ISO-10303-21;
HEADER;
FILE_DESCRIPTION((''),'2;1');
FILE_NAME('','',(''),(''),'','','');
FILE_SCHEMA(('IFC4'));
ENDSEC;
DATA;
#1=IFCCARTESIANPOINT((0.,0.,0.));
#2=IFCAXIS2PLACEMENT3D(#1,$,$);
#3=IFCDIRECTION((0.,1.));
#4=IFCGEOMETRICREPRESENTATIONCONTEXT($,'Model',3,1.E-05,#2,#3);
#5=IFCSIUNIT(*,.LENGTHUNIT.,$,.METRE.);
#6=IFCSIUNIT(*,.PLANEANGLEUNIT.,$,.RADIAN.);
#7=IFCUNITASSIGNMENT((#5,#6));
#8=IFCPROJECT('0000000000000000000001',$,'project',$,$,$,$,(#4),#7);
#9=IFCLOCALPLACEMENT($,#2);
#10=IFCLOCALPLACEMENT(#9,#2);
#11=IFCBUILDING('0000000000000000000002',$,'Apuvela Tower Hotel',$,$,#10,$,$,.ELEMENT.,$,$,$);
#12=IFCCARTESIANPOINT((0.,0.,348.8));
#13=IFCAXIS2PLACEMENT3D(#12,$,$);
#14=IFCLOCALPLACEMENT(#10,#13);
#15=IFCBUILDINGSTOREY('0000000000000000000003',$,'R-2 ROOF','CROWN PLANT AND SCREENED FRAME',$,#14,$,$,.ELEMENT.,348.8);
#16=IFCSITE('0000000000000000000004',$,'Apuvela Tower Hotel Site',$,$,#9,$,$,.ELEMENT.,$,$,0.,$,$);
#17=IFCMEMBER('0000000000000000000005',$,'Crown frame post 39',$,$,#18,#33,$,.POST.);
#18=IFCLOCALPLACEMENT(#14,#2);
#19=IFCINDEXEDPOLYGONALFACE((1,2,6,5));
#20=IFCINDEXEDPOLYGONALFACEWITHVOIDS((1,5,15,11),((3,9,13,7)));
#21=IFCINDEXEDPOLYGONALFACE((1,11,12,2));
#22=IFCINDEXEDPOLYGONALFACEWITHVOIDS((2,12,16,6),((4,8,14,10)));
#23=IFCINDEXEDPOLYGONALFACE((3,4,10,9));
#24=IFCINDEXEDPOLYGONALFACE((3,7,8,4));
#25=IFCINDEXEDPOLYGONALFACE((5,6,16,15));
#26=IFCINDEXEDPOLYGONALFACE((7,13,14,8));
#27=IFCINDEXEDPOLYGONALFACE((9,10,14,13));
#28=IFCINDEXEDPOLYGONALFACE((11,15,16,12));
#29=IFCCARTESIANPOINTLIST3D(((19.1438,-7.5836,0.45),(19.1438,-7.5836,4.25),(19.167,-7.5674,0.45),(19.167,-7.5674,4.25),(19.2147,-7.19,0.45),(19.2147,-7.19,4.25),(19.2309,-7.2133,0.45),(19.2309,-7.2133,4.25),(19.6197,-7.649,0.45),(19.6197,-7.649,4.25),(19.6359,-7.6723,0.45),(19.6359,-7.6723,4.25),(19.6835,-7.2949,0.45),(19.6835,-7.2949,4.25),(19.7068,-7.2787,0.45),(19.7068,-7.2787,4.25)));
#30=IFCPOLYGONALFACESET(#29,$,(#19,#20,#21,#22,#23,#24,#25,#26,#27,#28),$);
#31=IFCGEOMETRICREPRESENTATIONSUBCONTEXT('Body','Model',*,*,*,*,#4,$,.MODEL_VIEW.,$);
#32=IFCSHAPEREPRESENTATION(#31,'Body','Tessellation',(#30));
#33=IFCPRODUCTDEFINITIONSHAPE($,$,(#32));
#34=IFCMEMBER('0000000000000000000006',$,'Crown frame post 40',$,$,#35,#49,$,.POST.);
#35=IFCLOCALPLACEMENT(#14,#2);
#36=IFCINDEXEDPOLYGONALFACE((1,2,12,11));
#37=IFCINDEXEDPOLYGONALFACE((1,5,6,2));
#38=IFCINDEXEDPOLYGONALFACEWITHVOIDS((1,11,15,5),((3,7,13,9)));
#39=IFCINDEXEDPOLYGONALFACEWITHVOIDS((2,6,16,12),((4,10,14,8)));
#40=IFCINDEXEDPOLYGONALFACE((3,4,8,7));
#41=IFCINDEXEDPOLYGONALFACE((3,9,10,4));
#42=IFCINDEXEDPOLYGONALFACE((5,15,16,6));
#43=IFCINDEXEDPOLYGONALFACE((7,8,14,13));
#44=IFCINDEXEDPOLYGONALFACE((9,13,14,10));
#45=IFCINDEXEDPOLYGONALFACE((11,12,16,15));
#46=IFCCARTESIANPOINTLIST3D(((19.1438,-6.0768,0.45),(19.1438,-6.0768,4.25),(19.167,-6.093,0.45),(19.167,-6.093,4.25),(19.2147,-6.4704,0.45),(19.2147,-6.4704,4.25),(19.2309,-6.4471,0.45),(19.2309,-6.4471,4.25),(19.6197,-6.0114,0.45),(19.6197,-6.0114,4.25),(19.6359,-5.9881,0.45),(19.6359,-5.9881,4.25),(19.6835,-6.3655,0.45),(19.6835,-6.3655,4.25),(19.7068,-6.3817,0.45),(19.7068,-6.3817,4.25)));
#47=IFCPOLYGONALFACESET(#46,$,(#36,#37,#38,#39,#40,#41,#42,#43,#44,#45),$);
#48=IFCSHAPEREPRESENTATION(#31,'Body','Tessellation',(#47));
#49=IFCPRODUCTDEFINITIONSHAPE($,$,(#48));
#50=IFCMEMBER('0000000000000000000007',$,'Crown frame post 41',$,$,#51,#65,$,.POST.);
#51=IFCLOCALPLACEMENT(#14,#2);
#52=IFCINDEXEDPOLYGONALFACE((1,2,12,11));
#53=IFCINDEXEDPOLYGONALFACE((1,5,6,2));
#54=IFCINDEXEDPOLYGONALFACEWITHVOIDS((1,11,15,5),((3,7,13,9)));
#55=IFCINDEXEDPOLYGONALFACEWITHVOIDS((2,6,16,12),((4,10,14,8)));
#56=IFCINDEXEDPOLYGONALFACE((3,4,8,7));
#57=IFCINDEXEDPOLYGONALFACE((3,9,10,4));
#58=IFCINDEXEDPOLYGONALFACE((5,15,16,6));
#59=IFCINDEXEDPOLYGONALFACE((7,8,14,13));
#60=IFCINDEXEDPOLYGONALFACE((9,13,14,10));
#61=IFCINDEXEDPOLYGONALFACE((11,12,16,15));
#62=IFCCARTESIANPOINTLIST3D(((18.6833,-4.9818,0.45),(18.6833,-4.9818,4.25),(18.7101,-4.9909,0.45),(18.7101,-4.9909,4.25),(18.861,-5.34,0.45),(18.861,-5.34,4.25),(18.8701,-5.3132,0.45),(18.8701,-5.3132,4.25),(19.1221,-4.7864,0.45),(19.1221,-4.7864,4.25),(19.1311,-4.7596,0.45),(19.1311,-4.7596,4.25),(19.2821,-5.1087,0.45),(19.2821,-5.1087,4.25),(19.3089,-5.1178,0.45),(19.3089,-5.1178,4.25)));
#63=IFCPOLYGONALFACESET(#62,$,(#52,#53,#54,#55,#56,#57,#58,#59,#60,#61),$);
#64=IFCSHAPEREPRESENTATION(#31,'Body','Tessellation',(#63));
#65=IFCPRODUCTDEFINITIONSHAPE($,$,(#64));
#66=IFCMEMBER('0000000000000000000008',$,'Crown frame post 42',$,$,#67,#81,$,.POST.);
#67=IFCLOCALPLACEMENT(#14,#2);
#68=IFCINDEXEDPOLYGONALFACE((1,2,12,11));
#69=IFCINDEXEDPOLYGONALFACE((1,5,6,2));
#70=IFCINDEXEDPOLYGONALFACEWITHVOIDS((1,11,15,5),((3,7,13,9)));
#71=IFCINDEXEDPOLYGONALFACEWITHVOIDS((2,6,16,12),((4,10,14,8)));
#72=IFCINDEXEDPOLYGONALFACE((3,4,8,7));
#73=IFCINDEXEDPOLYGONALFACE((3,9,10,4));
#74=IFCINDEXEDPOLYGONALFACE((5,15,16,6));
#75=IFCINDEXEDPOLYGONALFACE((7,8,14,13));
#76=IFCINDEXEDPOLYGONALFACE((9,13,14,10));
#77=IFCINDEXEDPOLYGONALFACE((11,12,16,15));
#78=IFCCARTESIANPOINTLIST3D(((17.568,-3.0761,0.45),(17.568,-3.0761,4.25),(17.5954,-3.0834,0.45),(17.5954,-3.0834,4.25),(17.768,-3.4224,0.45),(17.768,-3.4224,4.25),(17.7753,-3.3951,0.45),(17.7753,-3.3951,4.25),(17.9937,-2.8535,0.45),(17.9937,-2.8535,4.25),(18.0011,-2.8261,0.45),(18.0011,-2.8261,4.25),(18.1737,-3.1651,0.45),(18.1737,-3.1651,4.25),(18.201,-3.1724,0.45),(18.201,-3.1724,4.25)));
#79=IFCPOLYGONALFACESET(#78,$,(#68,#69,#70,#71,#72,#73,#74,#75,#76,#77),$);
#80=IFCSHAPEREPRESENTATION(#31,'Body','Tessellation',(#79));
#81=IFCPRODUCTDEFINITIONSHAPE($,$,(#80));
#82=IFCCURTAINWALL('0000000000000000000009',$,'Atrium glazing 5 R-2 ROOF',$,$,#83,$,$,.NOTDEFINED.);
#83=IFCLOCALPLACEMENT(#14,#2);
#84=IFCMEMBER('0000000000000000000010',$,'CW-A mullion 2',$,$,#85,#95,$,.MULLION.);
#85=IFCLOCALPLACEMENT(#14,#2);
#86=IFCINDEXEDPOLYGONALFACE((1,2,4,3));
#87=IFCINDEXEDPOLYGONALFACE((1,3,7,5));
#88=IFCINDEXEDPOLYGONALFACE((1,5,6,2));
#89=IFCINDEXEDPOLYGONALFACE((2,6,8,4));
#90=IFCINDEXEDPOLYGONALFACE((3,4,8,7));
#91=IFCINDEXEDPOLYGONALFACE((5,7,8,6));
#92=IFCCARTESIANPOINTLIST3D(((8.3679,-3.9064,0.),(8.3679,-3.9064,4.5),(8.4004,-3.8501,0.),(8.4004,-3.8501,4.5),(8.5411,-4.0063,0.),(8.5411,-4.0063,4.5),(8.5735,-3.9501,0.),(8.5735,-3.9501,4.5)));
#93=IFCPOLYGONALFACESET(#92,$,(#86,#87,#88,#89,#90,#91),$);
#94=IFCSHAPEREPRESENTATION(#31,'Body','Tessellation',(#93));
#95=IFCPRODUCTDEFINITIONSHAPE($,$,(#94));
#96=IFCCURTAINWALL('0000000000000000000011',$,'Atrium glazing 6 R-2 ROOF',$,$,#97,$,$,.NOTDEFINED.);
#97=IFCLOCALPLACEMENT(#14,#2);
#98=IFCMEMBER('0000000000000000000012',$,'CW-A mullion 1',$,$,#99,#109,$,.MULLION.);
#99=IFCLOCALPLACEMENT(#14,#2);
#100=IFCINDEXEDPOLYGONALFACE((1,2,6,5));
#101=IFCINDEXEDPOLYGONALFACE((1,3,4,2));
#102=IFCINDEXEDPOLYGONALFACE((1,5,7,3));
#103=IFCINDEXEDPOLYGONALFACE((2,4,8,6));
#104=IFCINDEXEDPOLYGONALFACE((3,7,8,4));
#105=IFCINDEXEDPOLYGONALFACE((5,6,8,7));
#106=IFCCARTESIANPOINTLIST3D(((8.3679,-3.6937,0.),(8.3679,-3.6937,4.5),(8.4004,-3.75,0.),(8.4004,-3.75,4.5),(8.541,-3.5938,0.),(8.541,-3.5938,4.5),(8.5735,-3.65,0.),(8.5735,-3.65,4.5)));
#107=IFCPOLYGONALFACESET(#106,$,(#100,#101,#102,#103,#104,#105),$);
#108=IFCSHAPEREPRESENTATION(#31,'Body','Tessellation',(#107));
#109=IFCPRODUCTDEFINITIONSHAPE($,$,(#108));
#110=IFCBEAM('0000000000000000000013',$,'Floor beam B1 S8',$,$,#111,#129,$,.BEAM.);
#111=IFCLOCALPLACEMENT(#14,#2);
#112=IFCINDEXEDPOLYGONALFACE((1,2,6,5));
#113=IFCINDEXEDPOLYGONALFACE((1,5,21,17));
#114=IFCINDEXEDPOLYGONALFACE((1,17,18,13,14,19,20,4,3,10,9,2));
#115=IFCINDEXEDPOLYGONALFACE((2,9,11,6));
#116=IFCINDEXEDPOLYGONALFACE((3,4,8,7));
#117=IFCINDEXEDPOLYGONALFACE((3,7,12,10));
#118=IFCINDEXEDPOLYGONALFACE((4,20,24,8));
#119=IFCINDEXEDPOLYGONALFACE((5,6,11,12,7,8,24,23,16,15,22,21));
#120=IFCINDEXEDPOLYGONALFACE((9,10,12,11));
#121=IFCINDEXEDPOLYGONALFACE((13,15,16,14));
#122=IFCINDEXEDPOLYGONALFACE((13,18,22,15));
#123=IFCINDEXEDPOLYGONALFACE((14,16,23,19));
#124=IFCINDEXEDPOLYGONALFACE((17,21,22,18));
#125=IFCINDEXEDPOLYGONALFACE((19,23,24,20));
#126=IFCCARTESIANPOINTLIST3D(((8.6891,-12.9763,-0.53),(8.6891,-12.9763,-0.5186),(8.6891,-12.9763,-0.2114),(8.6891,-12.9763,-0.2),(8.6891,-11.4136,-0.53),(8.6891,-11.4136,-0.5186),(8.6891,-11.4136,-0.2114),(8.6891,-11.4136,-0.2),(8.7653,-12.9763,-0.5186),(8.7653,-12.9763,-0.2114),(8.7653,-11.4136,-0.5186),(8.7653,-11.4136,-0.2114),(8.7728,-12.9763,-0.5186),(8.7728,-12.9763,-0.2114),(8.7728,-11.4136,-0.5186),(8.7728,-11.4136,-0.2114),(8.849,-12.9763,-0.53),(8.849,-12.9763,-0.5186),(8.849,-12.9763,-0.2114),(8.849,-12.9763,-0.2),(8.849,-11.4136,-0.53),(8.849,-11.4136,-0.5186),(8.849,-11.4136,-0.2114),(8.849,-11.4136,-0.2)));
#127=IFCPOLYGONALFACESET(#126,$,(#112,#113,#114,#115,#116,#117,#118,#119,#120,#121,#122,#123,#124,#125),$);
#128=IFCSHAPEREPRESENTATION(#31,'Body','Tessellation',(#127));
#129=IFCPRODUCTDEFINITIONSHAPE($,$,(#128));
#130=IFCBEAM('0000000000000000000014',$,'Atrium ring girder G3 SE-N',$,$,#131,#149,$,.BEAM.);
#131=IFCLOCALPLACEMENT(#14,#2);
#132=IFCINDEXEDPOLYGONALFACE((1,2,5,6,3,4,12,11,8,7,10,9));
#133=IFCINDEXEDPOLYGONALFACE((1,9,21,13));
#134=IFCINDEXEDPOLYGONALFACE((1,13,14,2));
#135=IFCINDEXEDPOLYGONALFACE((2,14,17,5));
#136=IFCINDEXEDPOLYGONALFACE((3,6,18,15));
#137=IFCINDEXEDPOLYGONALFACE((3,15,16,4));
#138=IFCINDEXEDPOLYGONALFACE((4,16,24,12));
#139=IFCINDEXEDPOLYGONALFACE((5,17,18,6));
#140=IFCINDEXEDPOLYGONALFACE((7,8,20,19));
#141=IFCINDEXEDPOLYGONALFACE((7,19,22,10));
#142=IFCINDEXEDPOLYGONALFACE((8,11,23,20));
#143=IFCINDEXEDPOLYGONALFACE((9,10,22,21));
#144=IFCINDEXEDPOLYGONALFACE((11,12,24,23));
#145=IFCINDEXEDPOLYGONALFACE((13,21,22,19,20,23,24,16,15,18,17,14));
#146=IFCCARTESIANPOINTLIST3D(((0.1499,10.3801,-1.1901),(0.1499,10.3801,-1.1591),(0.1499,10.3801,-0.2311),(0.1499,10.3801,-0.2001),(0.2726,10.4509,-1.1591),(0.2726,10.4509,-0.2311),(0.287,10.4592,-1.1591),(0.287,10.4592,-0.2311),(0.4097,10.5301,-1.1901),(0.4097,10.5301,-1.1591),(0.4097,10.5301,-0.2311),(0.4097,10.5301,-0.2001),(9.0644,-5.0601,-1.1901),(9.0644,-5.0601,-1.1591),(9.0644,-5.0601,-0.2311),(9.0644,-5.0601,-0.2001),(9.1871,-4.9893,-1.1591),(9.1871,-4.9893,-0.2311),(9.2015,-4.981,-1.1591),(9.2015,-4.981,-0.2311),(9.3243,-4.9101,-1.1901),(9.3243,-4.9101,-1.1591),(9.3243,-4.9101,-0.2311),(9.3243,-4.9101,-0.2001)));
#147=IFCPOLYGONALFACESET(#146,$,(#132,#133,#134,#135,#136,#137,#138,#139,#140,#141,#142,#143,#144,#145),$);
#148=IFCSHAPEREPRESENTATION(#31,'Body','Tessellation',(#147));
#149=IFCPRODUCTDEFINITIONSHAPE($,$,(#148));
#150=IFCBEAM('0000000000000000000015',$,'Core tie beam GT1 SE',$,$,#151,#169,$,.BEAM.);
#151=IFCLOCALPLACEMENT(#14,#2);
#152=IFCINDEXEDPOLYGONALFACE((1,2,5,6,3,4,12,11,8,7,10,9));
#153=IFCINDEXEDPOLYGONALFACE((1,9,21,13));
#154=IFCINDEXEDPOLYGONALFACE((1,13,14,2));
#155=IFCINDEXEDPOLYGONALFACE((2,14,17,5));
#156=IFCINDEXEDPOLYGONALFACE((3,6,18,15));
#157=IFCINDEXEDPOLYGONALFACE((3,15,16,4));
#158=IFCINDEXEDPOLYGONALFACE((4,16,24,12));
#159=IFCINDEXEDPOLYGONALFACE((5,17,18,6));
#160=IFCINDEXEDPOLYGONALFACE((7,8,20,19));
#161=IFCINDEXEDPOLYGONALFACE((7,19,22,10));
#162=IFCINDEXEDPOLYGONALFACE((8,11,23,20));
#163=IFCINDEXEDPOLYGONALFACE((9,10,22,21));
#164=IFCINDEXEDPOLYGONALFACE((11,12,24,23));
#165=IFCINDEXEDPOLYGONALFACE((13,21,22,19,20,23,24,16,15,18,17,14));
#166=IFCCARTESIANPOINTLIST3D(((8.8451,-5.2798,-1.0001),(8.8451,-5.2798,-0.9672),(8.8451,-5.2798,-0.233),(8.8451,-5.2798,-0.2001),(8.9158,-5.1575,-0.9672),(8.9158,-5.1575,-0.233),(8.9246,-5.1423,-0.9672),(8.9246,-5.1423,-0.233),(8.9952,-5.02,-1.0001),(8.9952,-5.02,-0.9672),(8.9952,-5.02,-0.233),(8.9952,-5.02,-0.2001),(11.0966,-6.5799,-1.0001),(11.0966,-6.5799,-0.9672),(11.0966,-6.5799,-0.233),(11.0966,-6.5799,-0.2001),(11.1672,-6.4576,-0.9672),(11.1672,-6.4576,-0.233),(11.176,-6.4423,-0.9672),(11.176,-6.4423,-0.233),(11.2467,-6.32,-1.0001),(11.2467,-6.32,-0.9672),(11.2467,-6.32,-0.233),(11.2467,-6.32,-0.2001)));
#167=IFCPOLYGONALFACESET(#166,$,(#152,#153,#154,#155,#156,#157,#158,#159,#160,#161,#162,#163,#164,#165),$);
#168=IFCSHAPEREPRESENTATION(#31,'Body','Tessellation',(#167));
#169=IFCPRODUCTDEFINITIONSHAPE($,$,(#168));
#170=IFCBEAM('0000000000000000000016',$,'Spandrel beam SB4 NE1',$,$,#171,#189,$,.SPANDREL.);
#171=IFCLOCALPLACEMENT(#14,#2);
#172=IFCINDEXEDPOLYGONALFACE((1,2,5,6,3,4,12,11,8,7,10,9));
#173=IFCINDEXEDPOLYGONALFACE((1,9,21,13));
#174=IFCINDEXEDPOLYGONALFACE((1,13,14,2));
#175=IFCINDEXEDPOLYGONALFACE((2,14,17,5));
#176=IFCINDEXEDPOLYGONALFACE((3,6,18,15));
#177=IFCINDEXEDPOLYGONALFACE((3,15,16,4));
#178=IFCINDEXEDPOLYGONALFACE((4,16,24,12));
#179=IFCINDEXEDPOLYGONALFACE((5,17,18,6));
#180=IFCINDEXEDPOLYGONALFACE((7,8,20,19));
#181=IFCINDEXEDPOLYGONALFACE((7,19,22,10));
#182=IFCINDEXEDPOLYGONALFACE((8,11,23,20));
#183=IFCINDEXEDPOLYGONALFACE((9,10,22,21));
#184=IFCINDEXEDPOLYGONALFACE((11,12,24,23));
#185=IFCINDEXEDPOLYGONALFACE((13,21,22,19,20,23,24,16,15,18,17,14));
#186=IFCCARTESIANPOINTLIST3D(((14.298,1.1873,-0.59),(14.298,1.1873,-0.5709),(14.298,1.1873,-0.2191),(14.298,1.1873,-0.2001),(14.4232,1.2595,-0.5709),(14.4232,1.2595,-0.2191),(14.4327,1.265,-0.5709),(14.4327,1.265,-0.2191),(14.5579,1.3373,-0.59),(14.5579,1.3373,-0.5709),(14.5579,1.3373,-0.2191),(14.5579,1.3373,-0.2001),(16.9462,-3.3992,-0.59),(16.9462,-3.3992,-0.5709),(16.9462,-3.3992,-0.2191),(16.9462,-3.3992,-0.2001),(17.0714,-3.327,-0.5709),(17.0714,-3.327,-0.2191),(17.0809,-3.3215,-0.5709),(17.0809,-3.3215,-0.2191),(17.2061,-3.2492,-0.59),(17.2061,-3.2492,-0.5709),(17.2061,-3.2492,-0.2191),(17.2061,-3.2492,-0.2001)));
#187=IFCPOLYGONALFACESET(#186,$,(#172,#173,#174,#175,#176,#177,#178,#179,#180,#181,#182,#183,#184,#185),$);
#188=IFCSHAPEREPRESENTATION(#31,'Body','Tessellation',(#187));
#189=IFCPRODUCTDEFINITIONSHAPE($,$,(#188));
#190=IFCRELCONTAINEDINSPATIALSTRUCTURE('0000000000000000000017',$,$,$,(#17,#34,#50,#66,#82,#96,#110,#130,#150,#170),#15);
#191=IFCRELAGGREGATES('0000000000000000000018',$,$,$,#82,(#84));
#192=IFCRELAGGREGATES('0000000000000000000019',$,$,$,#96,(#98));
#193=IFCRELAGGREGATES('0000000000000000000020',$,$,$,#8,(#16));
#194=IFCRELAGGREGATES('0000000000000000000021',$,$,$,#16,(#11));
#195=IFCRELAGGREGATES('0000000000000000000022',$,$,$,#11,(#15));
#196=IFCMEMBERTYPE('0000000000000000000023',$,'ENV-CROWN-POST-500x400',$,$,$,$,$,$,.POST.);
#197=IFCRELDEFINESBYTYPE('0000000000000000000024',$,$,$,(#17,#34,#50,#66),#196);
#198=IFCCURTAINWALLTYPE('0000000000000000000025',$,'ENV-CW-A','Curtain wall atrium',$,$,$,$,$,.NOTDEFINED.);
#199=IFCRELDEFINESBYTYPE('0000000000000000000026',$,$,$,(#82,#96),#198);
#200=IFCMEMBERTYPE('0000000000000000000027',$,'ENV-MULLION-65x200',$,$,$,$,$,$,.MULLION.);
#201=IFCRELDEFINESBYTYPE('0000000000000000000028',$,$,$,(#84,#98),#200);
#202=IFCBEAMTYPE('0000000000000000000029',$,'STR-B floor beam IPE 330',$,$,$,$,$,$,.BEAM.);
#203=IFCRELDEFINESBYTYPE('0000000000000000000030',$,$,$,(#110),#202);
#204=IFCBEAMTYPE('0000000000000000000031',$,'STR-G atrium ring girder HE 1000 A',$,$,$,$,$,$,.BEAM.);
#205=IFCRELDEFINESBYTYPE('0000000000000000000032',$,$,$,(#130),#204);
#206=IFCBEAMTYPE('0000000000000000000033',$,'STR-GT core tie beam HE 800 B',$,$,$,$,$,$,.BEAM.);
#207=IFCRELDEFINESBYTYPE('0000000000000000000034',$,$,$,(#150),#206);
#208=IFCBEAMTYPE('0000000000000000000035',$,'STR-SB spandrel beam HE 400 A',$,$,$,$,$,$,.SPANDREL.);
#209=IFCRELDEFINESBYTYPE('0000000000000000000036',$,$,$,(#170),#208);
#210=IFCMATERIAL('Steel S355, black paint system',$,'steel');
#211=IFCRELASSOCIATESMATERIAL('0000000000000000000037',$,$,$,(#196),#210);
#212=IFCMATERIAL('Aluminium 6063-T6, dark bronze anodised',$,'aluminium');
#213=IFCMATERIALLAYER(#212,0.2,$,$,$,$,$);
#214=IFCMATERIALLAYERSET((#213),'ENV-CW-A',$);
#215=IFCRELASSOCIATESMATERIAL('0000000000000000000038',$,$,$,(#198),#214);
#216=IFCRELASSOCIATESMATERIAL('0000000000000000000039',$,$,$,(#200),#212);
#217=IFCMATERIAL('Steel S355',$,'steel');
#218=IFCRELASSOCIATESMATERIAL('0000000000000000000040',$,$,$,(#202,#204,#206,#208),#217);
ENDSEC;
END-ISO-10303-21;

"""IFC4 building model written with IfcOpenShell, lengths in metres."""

from ifc_helpers import new_model, si_unit, direction, frame, origin, origin_2d, place, context, subcontext, project, spatial, rectangle, hollow_rectangle, i_section, extrude, material, layer, layer_set, material_profile, profile_set, type_object, element, aggregate, save


model = new_model("IFC4")

# Units and contexts
model_context = context("Model", 3, precision=1e-05, world=origin(), true_north=direction((0.0, 1.0)))
body_context = subcontext(model_context, "Body", "Model", "MODEL_VIEW")
ifc_project = project(units=[si_unit("LENGTHUNIT", "METRE"), si_unit("PLANEANGLEUNIT", "RADIAN")], contexts=[model_context])

# Site, building, storey
site_placement = place(None, origin())
site = spatial("IfcSite", under=ifc_project, at=site_placement, Name="Apuvela Tower Hotel Site", CompositionType="ELEMENT", RefElevation=0.0)
building_placement = place(site_placement, origin())
building = spatial("IfcBuilding", under=site, at=building_placement, Name="Apuvela Tower Hotel", CompositionType="ELEMENT")
storey_placement = place(building_placement, frame((0.0, 0.0, 348.8)))
storey = spatial("IfcBuildingStorey", under=building, at=storey_placement, Name="R-2 ROOF", Description="CROWN PLANT AND SCREENED FRAME", CompositionType="ELEMENT", Elevation=348.8)

# Members
ifc_material_1 = material(Name="Steel S355, black paint system", Category="steel")
ifc_material_profile_1 = material_profile(ifc_material_1, hollow_rectangle(XDim=0.3999, YDim=0.5, WallThickness=0.02, at=origin_2d()), Name="HSS 500x400x20")
ifc_profile_set_1 = profile_set([ifc_material_profile_1], Name="Steel S355, black paint system")
member_type_1 = type_object("IfcMemberType", Name="ENV-CROWN-POST-500x400", PredefinedType="POST", material=ifc_profile_set_1)
for number, where, z_axis, x_axis, name in (
    (1, (19.4253, -7.4312, 0.45), (0.0, 0.0, 1.0), (0.177415, 0.984136, 0.0), "Crown frame post 39"),
    (2, (19.4253, -6.2292, 0.45), (0.0, 0.0, 1.0), (-0.177415, 0.984136, 0.0), "Crown frame post 40"),
    (3, (18.9961, -5.0498, 0.45), (0.0, 0.0, 1.0), (-0.444554, 0.895752, 0.0), "Crown frame post 41"),
    (4, (17.8845, -3.1243, 0.45), (0.0, 0.0, 1.0), (-0.5, 0.866025, 0.0), "Crown frame post 42"),
):
    element("IfcMember", number, at=place(storey_placement, frame(where, z_axis=z_axis, x_axis=x_axis)), inside=storey, type_object=member_type_1, Name=name, PredefinedType="POST", context=body_context, shape_type="SweptSolid", body=[
        extrude(hollow_rectangle(XDim=0.3999, YDim=0.5, WallThickness=0.02, at=origin_2d()), origin(), (0.0, 0.0, 1.0), 3.8),
    ])

# Curtain walls, members
ifc_material_2 = material(Name="Aluminium 6063-T6, dark bronze anodised", Category="aluminium")
ifc_layer_1 = layer(ifc_material_2, 0.2)
ifc_layer_set_1 = layer_set([ifc_layer_1], Name="ENV-CW-A")
curtain_wall_type = type_object("IfcCurtainWallType", Name="ENV-CW-A", Description="Curtain wall atrium", PredefinedType="NOTDEFINED", material=ifc_layer_set_1)
curtain_wall_1_placement = place(storey_placement, origin())
curtain_wall_1 = element("IfcCurtainWall", 5, at=curtain_wall_1_placement, inside=storey, type_object=curtain_wall_type, Name="Atrium glazing 5 R-2 ROOF", PredefinedType="NOTDEFINED")
ifc_material_profile_2 = material_profile(ifc_material_2, rectangle(XDim=0.2, YDim=0.0649, at=origin_2d()), Name="AL 65x200")
ifc_profile_set_2 = profile_set([ifc_material_profile_2], Name="Aluminium 6063-T6, dark bronze anodised")
member_type_2 = type_object("IfcMemberType", Name="ENV-MULLION-65x200", PredefinedType="MULLION", material=ifc_profile_set_2)
member_1_placement = place(storey_placement, frame((8.4707, -3.9282, 0.0), z_axis=(0.0, 0.0, 1.0), x_axis=(-0.866032, 0.499989, 0.0)))
member_1 = element("IfcMember", 6, at=member_1_placement, type_object=member_type_2, Name="CW-A mullion 2", PredefinedType="MULLION", context=body_context, shape_type="SweptSolid", body=[
    extrude(rectangle(XDim=0.2, YDim=0.0649, at=origin_2d()), origin(), (0.0, 0.0, 1.0), 4.5),
])
aggregate(curtain_wall_1, [member_1])
curtain_wall_2_placement = place(storey_placement, origin())
curtain_wall_2 = element("IfcCurtainWall", 7, at=curtain_wall_2_placement, inside=storey, type_object=curtain_wall_type, Name="Atrium glazing 6 R-2 ROOF", PredefinedType="NOTDEFINED")
member_2_placement = place(storey_placement, frame((8.4707, -3.6719, 0.0), z_axis=(0.0, 0.0, 1.0), x_axis=(-0.866026, -0.499999, 0.0)))
member_2 = element("IfcMember", 8, at=member_2_placement, type_object=member_type_2, Name="CW-A mullion 1", PredefinedType="MULLION", context=body_context, shape_type="SweptSolid", body=[
    extrude(rectangle(XDim=0.2, YDim=0.0649, at=origin_2d()), origin(), (0.0, 0.0, 1.0), 4.5),
])
aggregate(curtain_wall_2, [member_2])

# Beams
ifc_material_3 = material(Name="Steel S355", Category="steel")
ifc_material_profile_3 = material_profile(ifc_material_3, i_section(OverallWidth=0.1599, OverallDepth=0.3301, WebThickness=0.0076, FlangeThickness=0.0115, at=origin_2d()), Name="IPE 330")
ifc_profile_set_3 = profile_set([ifc_material_profile_3], Name="Steel S355")
beam_type_1 = type_object("IfcBeamType", Name="STR-B floor beam IPE 330", PredefinedType="BEAM", material=ifc_profile_set_3)
beam_1_placement = place(storey_placement, frame((8.769, -12.9763, -0.365), z_axis=(0.0, 1.0, 0.0), x_axis=(-1.0, 0.0, 0.0)))
element("IfcBeam", 9, at=beam_1_placement, inside=storey, type_object=beam_type_1, Name="Floor beam B1 S8", PredefinedType="BEAM", context=body_context, shape_type="SweptSolid", body=[
    extrude(i_section(OverallWidth=0.1599, OverallDepth=0.3301, WebThickness=0.0076, FlangeThickness=0.0115, at=origin_2d()), origin(), (0.0, 0.0, 1.0), 1.5627),
])
ifc_material_profile_4 = material_profile(ifc_material_3, i_section(OverallWidth=0.3, OverallDepth=0.99, WebThickness=0.0166, FlangeThickness=0.031, at=origin_2d()), Name="HE 1000 A")
ifc_profile_set_4 = profile_set([ifc_material_profile_4], Name="Steel S355")
beam_type_2 = type_object("IfcBeamType", Name="STR-G atrium ring girder HE 1000 A", PredefinedType="BEAM", material=ifc_profile_set_4)
beam_2_placement = place(storey_placement, frame((9.1943, -4.9851, -0.6951), z_axis=(-0.500007, 0.866022, 0.0), x_axis=(-0.866022, -0.500007, 0.0)))
element("IfcBeam", 10, at=beam_2_placement, inside=storey, type_object=beam_type_2, Name="Atrium ring girder G3 SE-N", PredefinedType="BEAM", context=body_context, shape_type="SweptSolid", body=[
    extrude(i_section(OverallWidth=0.3, OverallDepth=0.99, WebThickness=0.0166, FlangeThickness=0.031, at=origin_2d()), origin(), (0.0, 0.0, 1.0), 17.8289),
])
ifc_material_profile_5 = material_profile(ifc_material_3, i_section(OverallWidth=0.3, OverallDepth=0.8, WebThickness=0.0176, FlangeThickness=0.033, at=origin_2d()), Name="HE 800 B")
ifc_profile_set_5 = profile_set([ifc_material_profile_5], Name="Steel S355")
beam_type_3 = type_object("IfcBeamType", Name="STR-GT core tie beam HE 800 B", PredefinedType="BEAM", material=ifc_profile_set_5)
beam_3_placement = place(storey_placement, frame((11.1716, -6.45, -0.6001), z_axis=(-0.865998, 0.500048, 0.0), x_axis=(-0.500048, -0.865998, 0.0)))
element("IfcBeam", 11, at=beam_3_placement, inside=storey, type_object=beam_type_3, Name="Core tie beam GT1 SE", PredefinedType="BEAM", context=body_context, shape_type="SweptSolid", body=[
    extrude(i_section(OverallWidth=0.3, OverallDepth=0.8, WebThickness=0.0176, FlangeThickness=0.033, at=origin_2d()), origin(), (0.0, 0.0, 1.0), 2.5999),
])
ifc_material_profile_6 = material_profile(ifc_material_3, i_section(OverallWidth=0.3, OverallDepth=0.3899, WebThickness=0.011, FlangeThickness=0.019, at=origin_2d()), Name="HE 400 A")
ifc_profile_set_6 = profile_set([ifc_material_profile_6], Name="Steel S355")
beam_type_4 = type_object("IfcBeamType", Name="STR-SB spandrel beam HE 400 A", PredefinedType="SPANDREL", material=ifc_profile_set_6)
beam_4_placement = place(storey_placement, frame((17.0762, -3.3242, -0.395), z_axis=(-0.500031, 0.866007, 0.0), x_axis=(-0.866007, -0.500031, 0.0)))
element("IfcBeam", 12, at=beam_4_placement, inside=storey, type_object=beam_type_4, Name="Spandrel beam SB4 NE1", PredefinedType="SPANDREL", context=body_context, shape_type="SweptSolid", body=[
    extrude(i_section(OverallWidth=0.3, OverallDepth=0.3899, WebThickness=0.011, FlangeThickness=0.019, at=origin_2d()), origin(), (0.0, 0.0, 1.0), 5.2961),
])

save(model, "model.ifc")
